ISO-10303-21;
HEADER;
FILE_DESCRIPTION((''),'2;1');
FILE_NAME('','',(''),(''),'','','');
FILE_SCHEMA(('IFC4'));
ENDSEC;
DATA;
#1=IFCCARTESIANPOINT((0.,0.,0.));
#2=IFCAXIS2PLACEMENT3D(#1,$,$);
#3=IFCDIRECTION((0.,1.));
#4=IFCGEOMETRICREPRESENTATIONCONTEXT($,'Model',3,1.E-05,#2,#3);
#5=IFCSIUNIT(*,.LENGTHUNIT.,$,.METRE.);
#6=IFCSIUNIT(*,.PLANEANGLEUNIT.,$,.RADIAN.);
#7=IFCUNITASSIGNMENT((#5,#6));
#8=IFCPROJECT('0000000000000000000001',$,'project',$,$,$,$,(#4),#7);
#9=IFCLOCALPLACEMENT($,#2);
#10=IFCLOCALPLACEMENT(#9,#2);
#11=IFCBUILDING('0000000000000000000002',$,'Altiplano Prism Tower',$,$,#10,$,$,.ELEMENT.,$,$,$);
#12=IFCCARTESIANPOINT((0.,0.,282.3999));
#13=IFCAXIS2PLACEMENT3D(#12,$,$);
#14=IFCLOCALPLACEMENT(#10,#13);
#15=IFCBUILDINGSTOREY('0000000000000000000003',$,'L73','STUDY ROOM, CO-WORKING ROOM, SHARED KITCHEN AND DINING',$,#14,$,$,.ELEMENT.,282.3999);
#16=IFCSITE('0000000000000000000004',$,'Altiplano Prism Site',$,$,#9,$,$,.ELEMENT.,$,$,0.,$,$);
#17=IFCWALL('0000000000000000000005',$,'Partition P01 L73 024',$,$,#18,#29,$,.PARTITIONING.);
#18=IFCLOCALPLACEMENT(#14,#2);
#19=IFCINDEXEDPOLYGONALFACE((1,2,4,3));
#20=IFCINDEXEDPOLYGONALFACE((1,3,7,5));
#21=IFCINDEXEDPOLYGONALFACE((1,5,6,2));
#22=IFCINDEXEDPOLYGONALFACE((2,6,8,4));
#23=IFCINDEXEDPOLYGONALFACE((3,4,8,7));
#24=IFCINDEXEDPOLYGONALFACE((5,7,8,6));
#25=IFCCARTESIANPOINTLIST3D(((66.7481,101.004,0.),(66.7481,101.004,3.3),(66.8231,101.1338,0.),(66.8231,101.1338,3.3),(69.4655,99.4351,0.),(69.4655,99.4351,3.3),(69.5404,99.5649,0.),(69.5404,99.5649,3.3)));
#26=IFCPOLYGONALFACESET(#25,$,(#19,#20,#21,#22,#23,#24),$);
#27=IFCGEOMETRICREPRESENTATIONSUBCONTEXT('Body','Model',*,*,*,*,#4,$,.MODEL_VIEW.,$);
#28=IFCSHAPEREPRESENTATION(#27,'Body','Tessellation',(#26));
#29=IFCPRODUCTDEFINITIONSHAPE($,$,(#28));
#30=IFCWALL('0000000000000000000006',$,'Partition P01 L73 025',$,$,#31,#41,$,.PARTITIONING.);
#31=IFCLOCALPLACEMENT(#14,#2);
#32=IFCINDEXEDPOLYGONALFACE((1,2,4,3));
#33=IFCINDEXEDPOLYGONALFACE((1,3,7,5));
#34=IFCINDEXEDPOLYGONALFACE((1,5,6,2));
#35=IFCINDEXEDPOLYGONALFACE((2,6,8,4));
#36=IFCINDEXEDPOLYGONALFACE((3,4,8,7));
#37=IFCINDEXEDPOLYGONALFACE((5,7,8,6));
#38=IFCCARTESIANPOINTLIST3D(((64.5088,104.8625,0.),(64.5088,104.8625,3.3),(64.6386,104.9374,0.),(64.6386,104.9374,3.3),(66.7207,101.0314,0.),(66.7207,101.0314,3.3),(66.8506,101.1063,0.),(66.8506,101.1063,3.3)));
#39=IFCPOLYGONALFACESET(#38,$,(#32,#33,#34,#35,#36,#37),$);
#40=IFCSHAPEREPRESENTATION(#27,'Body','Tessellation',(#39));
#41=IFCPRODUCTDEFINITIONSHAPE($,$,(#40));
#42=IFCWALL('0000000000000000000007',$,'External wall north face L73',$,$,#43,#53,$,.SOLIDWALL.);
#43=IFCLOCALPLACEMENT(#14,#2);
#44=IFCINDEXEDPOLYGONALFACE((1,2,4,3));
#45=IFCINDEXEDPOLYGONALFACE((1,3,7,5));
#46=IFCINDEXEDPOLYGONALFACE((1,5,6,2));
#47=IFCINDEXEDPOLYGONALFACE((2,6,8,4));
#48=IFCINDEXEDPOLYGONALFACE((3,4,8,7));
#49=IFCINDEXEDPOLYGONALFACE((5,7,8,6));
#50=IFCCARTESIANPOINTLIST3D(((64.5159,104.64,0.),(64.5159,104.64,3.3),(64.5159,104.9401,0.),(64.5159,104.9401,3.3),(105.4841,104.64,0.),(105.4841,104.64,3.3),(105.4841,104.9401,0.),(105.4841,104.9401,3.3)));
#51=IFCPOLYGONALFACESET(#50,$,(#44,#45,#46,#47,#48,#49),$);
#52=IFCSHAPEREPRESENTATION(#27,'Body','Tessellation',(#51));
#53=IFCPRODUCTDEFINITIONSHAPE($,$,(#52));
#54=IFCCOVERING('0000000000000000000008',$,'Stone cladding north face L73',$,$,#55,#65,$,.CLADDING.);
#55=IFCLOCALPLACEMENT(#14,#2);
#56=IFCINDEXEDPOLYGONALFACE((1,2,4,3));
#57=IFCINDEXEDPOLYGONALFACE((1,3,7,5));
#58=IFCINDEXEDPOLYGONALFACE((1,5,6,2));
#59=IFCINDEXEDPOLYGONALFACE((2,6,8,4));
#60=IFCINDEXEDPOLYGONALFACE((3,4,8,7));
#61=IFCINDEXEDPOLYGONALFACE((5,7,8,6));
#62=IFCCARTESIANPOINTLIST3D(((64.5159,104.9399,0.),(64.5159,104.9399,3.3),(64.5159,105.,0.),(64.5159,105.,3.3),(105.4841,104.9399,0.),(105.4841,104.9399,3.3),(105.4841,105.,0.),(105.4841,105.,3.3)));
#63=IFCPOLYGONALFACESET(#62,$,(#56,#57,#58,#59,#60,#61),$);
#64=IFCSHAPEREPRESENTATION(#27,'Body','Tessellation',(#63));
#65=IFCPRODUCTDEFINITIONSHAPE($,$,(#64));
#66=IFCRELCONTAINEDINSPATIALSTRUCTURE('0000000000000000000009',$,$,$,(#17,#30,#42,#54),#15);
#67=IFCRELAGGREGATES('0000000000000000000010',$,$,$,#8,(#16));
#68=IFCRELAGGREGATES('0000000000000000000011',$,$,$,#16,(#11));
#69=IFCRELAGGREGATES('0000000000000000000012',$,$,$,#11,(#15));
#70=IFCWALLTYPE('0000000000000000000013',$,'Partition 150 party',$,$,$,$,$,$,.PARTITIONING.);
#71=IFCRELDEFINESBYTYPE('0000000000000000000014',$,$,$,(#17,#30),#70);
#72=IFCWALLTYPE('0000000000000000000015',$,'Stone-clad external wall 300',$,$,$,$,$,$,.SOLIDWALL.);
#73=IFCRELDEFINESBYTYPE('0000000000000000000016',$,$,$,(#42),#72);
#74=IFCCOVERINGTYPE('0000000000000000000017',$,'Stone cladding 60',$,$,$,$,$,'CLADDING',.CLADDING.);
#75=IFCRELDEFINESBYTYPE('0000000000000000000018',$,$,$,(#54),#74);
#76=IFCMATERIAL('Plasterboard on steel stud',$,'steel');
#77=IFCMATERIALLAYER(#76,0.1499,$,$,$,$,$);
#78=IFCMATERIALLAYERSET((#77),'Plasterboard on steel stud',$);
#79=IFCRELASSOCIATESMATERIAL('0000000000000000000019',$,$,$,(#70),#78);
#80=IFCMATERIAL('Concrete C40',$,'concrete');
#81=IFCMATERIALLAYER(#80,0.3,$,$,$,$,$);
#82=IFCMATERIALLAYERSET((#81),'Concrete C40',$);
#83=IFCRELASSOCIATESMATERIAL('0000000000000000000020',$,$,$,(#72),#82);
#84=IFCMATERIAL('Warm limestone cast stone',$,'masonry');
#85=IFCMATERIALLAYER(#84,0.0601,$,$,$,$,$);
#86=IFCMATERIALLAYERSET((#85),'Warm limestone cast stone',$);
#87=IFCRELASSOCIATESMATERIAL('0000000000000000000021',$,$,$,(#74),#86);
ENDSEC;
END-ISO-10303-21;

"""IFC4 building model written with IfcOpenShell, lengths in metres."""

from ifc_helpers import new_model, si_unit, direction, frame, frame_2d, origin, place, context, subcontext, project, spatial, rectangle, extrude, material, layer, layer_set, type_object, element, save


model = new_model("IFC4")

# Units and contexts
model_context = context("Model", 3, precision=1e-05, world=origin(), true_north=direction((0.0, 1.0)))
body_context = subcontext(model_context, "Body", "Model", "MODEL_VIEW")
ifc_project = project(units=[si_unit("LENGTHUNIT", "METRE"), si_unit("PLANEANGLEUNIT", "RADIAN")], contexts=[model_context])

# Site, building, storey
site_placement = place(None, origin())
site = spatial("IfcSite", under=ifc_project, at=site_placement, Name="Altiplano Prism Site", CompositionType="ELEMENT", RefElevation=0.0)
building_placement = place(site_placement, origin())
building = spatial("IfcBuilding", under=site, at=building_placement, Name="Altiplano Prism Tower", CompositionType="ELEMENT")
storey_placement = place(building_placement, frame((0.0, 0.0, 282.3999)))
storey = spatial("IfcBuildingStorey", under=building, at=storey_placement, Name="L73", Description="STUDY ROOM, CO-WORKING ROOM, SHARED KITCHEN AND DINING", CompositionType="ELEMENT", Elevation=282.3999)

# Shared definitions
ifc_material_1 = material(Name="Plasterboard on steel stud", Category="steel")

# Walls
ifc_layer_1 = layer(ifc_material_1, 0.1499)
ifc_layer_set_1 = layer_set([ifc_layer_1], Name="Plasterboard on steel stud")
wall_type_1 = type_object("IfcWallType", Name="Partition 150 party", PredefinedType="PARTITIONING", material=ifc_layer_set_1)
wall_1_placement = place(storey_placement, frame((69.5029, 99.5, 0.0), z_axis=(0.0, 0.0, 1.0), x_axis=(-0.866022, 0.500005, 0.0)))
element("IfcWall", 1, at=wall_1_placement, inside=storey, type_object=wall_type_1, Name="Partition P01 L73 024", PredefinedType="PARTITIONING", context=body_context, shape_type="SweptSolid", body=[
    extrude(rectangle(XDim=3.1377, YDim=0.1499, at=frame_2d((1.5688, 0.0))), origin(), (0.0, 0.0, 1.0), 3.3),
])
wall_2_placement = place(storey_placement, frame((66.7856, 101.0688, 0.0), z_axis=(0.0, 0.0, 1.0), x_axis=(-0.500009, 0.86602, 0.0)))
element("IfcWall", 2, at=wall_2_placement, inside=storey, type_object=wall_type_1, Name="Partition P01 L73 025", PredefinedType="PARTITIONING", context=body_context, shape_type="SweptSolid", body=[
    extrude(rectangle(XDim=4.4238, YDim=0.1499, at=frame_2d((2.2119, 0.0))), origin(), (0.0, 0.0, 1.0), 3.3),
])
ifc_material_2 = material(Name="Concrete C40", Category="concrete")
ifc_layer_2 = layer(ifc_material_2, 0.3)
ifc_layer_set_2 = layer_set([ifc_layer_2], Name="Concrete C40")
wall_type_2 = type_object("IfcWallType", Name="Stone-clad external wall 300", PredefinedType="SOLIDWALL", material=ifc_layer_set_2)
wall_3_placement = place(storey_placement, frame((64.5159, 104.79, 0.0), z_axis=(0.0, 0.0, 1.0), x_axis=(1.0, 0.0, 0.0)))
element("IfcWall", 3, at=wall_3_placement, inside=storey, type_object=wall_type_2, Name="External wall north face L73", PredefinedType="SOLIDWALL", context=body_context, shape_type="SweptSolid", body=[
    extrude(rectangle(XDim=40.9683, YDim=0.3, at=frame_2d((20.4841, 0.0))), origin(), (0.0, 0.0, 1.0), 3.3),
])

# Covering
ifc_material_3 = material(Name="Warm limestone cast stone", Category="masonry")
ifc_layer_3 = layer(ifc_material_3, 0.0601)
ifc_layer_set_3 = layer_set([ifc_layer_3], Name="Warm limestone cast stone")
covering_type = type_object("IfcCoveringType", Name="Stone cladding 60", ElementType="CLADDING", PredefinedType="CLADDING", material=ifc_layer_set_3)
covering_placement = place(storey_placement, frame((64.5159, 104.97, 0.0), z_axis=(0.0, 0.0, 1.0), x_axis=(1.0, 0.0, 0.0)))
element("IfcCovering", 4, at=covering_placement, inside=storey, type_object=covering_type, Name="Stone cladding north face L73", PredefinedType="CLADDING", context=body_context, shape_type="SweptSolid", body=[
    extrude(rectangle(XDim=40.9683, YDim=0.0601, at=frame_2d((20.4841, 0.0))), origin(), (0.0, 0.0, 1.0), 3.3),
])

save(model, "model.ifc")
